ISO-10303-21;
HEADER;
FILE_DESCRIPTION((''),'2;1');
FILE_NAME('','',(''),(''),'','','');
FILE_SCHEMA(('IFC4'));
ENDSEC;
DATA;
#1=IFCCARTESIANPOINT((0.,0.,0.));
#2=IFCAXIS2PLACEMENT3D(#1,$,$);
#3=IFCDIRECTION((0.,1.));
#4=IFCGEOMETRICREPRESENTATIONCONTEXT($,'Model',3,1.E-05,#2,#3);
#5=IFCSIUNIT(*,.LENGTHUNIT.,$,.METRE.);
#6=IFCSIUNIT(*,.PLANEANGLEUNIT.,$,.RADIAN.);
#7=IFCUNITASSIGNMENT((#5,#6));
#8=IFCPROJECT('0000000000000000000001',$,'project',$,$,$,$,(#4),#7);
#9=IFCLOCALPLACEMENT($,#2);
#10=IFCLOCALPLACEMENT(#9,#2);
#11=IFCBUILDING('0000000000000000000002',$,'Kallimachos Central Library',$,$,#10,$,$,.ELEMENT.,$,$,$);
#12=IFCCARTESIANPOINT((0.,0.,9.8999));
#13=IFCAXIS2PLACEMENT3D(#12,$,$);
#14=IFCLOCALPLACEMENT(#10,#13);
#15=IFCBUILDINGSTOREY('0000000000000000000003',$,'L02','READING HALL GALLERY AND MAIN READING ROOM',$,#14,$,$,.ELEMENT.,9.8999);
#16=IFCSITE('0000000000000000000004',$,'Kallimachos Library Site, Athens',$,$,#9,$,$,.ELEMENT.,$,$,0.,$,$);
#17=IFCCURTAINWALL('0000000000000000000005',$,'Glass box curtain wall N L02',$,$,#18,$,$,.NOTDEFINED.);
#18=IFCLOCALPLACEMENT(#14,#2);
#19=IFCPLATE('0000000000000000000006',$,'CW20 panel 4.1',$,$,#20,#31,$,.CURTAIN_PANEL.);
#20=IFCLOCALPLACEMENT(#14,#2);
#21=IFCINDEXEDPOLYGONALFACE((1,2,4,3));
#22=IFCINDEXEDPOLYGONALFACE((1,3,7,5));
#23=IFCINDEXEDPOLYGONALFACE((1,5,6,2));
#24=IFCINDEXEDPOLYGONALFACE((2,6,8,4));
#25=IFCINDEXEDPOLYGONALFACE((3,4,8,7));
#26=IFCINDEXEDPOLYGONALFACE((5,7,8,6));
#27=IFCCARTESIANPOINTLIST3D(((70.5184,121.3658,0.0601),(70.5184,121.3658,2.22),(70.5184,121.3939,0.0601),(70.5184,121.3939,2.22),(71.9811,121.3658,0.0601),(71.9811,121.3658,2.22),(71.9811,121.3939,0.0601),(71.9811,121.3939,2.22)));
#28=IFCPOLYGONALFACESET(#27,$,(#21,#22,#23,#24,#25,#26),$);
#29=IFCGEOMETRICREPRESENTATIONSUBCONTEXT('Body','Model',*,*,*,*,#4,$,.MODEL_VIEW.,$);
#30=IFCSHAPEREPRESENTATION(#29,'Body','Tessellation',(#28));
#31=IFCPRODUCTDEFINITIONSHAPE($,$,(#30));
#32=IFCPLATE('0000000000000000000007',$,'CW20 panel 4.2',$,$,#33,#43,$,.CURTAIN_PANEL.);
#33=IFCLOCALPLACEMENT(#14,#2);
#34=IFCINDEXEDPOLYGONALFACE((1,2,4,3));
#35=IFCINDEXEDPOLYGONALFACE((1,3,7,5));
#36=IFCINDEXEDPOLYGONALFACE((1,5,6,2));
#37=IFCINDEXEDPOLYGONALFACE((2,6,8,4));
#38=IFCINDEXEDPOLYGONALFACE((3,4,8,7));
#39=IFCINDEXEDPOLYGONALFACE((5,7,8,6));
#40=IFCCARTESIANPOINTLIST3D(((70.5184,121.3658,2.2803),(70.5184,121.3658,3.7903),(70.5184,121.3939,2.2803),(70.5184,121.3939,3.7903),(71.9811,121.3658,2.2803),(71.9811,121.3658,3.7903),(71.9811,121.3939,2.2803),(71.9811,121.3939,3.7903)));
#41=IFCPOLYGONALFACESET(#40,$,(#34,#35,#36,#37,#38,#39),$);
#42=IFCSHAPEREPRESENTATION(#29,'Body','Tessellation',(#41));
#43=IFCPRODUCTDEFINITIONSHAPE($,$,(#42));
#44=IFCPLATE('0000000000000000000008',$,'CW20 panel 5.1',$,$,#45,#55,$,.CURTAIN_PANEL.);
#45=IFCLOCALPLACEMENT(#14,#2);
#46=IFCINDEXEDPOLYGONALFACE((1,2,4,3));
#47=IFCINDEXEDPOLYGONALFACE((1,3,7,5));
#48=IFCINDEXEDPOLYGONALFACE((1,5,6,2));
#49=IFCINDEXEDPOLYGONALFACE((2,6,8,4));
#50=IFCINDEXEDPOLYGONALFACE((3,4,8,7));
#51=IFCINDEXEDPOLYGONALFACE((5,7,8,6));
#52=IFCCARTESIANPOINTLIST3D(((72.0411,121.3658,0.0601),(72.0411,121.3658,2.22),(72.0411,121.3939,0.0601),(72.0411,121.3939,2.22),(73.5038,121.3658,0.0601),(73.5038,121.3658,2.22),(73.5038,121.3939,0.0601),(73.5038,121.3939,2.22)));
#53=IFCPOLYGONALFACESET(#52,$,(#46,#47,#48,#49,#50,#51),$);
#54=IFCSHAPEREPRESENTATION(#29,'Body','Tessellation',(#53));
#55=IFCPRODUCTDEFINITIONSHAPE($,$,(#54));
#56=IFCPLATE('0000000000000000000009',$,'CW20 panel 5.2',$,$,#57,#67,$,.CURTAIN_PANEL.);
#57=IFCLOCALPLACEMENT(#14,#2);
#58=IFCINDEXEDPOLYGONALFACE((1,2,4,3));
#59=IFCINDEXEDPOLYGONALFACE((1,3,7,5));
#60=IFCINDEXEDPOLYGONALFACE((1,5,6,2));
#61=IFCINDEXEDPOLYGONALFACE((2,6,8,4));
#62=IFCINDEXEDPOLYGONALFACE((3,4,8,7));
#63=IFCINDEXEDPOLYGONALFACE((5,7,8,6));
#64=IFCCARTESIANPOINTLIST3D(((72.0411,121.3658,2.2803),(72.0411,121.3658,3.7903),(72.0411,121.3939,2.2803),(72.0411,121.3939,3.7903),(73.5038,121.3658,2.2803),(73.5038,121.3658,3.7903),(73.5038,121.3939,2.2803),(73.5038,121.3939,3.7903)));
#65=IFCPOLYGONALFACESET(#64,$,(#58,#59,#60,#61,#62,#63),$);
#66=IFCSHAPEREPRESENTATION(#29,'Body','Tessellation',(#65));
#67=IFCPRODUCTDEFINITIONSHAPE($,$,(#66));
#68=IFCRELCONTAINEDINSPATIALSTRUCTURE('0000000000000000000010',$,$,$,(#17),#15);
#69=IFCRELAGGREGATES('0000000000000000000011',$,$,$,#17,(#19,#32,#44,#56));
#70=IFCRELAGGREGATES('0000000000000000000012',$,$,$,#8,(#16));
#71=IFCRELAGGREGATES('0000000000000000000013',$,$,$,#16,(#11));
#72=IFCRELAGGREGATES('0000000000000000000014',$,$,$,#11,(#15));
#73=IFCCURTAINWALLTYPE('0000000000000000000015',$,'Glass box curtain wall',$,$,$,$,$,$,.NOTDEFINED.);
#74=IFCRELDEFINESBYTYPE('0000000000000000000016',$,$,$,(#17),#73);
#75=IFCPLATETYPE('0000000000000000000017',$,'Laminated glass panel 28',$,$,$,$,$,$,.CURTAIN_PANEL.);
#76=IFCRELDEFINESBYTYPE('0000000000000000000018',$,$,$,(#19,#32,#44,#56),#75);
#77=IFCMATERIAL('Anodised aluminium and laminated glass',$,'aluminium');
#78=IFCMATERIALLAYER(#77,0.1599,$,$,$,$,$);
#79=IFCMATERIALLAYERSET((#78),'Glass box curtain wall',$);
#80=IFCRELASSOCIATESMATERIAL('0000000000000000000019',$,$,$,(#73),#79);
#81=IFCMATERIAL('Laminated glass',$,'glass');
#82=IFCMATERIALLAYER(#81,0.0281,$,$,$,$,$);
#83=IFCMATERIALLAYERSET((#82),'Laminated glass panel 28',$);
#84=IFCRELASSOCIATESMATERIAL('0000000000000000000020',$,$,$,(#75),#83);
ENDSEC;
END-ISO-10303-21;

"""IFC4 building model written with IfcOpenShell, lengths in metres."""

from ifc_helpers import new_model, si_unit, direction, frame, origin, origin_2d, place, context, subcontext, project, spatial, rectangle, extrude, material, layer, layer_set, type_object, element, aggregate, save


model = new_model("IFC4")

# Units and contexts
model_context = context("Model", 3, precision=1e-05, world=origin(), true_north=direction((0.0, 1.0)))
body_context = subcontext(model_context, "Body", "Model", "MODEL_VIEW")
ifc_project = project(units=[si_unit("LENGTHUNIT", "METRE"), si_unit("PLANEANGLEUNIT", "RADIAN")], contexts=[model_context])

# Site, building, storey
site_placement = place(None, origin())
site = spatial("IfcSite", under=ifc_project, at=site_placement, Name="Kallimachos Library Site, Athens", CompositionType="ELEMENT", RefElevation=0.0)
building_placement = place(site_placement, origin())
building = spatial("IfcBuilding", under=site, at=building_placement, Name="Kallimachos Central Library", CompositionType="ELEMENT")
storey_placement = place(building_placement, frame((0.0, 0.0, 9.8999)))
storey = spatial("IfcBuildingStorey", under=building, at=storey_placement, Name="L02", Description="READING HALL GALLERY AND MAIN READING ROOM", CompositionType="ELEMENT", Elevation=9.8999)

# Curtain wall
ifc_material_1 = material(Name="Anodised aluminium and laminated glass", Category="aluminium")
ifc_layer_1 = layer(ifc_material_1, 0.1599)
ifc_layer_set_1 = layer_set([ifc_layer_1], Name="Glass box curtain wall")
curtain_wall_type = type_object("IfcCurtainWallType", Name="Glass box curtain wall", PredefinedType="NOTDEFINED", material=ifc_layer_set_1)
curtain_wall_placement = place(storey_placement, origin())
curtain_wall = element("IfcCurtainWall", 1, at=curtain_wall_placement, inside=storey, type_object=curtain_wall_type, Name="Glass box curtain wall N L02", PredefinedType="NOTDEFINED")

# Plates
ifc_material_2 = material(Name="Laminated glass", Category="glass")
ifc_layer_2 = layer(ifc_material_2, 0.0281)
ifc_layer_set_2 = layer_set([ifc_layer_2], Name="Laminated glass panel 28")
plate_type = type_object("IfcPlateType", Name="Laminated glass panel 28", PredefinedType="CURTAIN_PANEL", material=ifc_layer_set_2)
plate_1_placement = place(storey_placement, frame((71.2498, 121.3799, 0.0601), z_axis=(0.0, 0.0, 1.0), x_axis=(1.0, 0.0, 0.0)))
plate_1 = element("IfcPlate", 2, at=plate_1_placement, type_object=plate_type, Name="CW20 panel 4.1", PredefinedType="CURTAIN_PANEL", context=body_context, shape_type="SweptSolid", body=[
    extrude(rectangle(XDim=1.4626, YDim=0.0281, at=origin_2d()), origin(), (0.0, 0.0, 1.0), 2.1599),
])
plate_2_placement = place(storey_placement, frame((71.2498, 121.3799, 2.2803), z_axis=(0.0, 0.0, 1.0), x_axis=(1.0, 0.0, 0.0)))
plate_2 = element("IfcPlate", 3, at=plate_2_placement, type_object=plate_type, Name="CW20 panel 4.2", PredefinedType="CURTAIN_PANEL", context=body_context, shape_type="SweptSolid", body=[
    extrude(rectangle(XDim=1.4626, YDim=0.0281, at=origin_2d()), origin(), (0.0, 0.0, 1.0), 1.51),
])
plate_3_placement = place(storey_placement, frame((72.7725, 121.3799, 0.0601), z_axis=(0.0, 0.0, 1.0), x_axis=(1.0, 0.0, 0.0)))
plate_3 = element("IfcPlate", 4, at=plate_3_placement, type_object=plate_type, Name="CW20 panel 5.1", PredefinedType="CURTAIN_PANEL", context=body_context, shape_type="SweptSolid", body=[
    extrude(rectangle(XDim=1.4626, YDim=0.0281, at=origin_2d()), origin(), (0.0, 0.0, 1.0), 2.1599),
])
plate_4_placement = place(storey_placement, frame((72.7725, 121.3799, 2.2803), z_axis=(0.0, 0.0, 1.0), x_axis=(1.0, 0.0, 0.0)))
plate_4 = element("IfcPlate", 5, at=plate_4_placement, type_object=plate_type, Name="CW20 panel 5.2", PredefinedType="CURTAIN_PANEL", context=body_context, shape_type="SweptSolid", body=[
    extrude(rectangle(XDim=1.4626, YDim=0.0281, at=origin_2d()), origin(), (0.0, 0.0, 1.0), 1.51),
])
aggregate(curtain_wall, [plate_1, plate_2, plate_3, plate_4])

save(model, "model.ifc")
